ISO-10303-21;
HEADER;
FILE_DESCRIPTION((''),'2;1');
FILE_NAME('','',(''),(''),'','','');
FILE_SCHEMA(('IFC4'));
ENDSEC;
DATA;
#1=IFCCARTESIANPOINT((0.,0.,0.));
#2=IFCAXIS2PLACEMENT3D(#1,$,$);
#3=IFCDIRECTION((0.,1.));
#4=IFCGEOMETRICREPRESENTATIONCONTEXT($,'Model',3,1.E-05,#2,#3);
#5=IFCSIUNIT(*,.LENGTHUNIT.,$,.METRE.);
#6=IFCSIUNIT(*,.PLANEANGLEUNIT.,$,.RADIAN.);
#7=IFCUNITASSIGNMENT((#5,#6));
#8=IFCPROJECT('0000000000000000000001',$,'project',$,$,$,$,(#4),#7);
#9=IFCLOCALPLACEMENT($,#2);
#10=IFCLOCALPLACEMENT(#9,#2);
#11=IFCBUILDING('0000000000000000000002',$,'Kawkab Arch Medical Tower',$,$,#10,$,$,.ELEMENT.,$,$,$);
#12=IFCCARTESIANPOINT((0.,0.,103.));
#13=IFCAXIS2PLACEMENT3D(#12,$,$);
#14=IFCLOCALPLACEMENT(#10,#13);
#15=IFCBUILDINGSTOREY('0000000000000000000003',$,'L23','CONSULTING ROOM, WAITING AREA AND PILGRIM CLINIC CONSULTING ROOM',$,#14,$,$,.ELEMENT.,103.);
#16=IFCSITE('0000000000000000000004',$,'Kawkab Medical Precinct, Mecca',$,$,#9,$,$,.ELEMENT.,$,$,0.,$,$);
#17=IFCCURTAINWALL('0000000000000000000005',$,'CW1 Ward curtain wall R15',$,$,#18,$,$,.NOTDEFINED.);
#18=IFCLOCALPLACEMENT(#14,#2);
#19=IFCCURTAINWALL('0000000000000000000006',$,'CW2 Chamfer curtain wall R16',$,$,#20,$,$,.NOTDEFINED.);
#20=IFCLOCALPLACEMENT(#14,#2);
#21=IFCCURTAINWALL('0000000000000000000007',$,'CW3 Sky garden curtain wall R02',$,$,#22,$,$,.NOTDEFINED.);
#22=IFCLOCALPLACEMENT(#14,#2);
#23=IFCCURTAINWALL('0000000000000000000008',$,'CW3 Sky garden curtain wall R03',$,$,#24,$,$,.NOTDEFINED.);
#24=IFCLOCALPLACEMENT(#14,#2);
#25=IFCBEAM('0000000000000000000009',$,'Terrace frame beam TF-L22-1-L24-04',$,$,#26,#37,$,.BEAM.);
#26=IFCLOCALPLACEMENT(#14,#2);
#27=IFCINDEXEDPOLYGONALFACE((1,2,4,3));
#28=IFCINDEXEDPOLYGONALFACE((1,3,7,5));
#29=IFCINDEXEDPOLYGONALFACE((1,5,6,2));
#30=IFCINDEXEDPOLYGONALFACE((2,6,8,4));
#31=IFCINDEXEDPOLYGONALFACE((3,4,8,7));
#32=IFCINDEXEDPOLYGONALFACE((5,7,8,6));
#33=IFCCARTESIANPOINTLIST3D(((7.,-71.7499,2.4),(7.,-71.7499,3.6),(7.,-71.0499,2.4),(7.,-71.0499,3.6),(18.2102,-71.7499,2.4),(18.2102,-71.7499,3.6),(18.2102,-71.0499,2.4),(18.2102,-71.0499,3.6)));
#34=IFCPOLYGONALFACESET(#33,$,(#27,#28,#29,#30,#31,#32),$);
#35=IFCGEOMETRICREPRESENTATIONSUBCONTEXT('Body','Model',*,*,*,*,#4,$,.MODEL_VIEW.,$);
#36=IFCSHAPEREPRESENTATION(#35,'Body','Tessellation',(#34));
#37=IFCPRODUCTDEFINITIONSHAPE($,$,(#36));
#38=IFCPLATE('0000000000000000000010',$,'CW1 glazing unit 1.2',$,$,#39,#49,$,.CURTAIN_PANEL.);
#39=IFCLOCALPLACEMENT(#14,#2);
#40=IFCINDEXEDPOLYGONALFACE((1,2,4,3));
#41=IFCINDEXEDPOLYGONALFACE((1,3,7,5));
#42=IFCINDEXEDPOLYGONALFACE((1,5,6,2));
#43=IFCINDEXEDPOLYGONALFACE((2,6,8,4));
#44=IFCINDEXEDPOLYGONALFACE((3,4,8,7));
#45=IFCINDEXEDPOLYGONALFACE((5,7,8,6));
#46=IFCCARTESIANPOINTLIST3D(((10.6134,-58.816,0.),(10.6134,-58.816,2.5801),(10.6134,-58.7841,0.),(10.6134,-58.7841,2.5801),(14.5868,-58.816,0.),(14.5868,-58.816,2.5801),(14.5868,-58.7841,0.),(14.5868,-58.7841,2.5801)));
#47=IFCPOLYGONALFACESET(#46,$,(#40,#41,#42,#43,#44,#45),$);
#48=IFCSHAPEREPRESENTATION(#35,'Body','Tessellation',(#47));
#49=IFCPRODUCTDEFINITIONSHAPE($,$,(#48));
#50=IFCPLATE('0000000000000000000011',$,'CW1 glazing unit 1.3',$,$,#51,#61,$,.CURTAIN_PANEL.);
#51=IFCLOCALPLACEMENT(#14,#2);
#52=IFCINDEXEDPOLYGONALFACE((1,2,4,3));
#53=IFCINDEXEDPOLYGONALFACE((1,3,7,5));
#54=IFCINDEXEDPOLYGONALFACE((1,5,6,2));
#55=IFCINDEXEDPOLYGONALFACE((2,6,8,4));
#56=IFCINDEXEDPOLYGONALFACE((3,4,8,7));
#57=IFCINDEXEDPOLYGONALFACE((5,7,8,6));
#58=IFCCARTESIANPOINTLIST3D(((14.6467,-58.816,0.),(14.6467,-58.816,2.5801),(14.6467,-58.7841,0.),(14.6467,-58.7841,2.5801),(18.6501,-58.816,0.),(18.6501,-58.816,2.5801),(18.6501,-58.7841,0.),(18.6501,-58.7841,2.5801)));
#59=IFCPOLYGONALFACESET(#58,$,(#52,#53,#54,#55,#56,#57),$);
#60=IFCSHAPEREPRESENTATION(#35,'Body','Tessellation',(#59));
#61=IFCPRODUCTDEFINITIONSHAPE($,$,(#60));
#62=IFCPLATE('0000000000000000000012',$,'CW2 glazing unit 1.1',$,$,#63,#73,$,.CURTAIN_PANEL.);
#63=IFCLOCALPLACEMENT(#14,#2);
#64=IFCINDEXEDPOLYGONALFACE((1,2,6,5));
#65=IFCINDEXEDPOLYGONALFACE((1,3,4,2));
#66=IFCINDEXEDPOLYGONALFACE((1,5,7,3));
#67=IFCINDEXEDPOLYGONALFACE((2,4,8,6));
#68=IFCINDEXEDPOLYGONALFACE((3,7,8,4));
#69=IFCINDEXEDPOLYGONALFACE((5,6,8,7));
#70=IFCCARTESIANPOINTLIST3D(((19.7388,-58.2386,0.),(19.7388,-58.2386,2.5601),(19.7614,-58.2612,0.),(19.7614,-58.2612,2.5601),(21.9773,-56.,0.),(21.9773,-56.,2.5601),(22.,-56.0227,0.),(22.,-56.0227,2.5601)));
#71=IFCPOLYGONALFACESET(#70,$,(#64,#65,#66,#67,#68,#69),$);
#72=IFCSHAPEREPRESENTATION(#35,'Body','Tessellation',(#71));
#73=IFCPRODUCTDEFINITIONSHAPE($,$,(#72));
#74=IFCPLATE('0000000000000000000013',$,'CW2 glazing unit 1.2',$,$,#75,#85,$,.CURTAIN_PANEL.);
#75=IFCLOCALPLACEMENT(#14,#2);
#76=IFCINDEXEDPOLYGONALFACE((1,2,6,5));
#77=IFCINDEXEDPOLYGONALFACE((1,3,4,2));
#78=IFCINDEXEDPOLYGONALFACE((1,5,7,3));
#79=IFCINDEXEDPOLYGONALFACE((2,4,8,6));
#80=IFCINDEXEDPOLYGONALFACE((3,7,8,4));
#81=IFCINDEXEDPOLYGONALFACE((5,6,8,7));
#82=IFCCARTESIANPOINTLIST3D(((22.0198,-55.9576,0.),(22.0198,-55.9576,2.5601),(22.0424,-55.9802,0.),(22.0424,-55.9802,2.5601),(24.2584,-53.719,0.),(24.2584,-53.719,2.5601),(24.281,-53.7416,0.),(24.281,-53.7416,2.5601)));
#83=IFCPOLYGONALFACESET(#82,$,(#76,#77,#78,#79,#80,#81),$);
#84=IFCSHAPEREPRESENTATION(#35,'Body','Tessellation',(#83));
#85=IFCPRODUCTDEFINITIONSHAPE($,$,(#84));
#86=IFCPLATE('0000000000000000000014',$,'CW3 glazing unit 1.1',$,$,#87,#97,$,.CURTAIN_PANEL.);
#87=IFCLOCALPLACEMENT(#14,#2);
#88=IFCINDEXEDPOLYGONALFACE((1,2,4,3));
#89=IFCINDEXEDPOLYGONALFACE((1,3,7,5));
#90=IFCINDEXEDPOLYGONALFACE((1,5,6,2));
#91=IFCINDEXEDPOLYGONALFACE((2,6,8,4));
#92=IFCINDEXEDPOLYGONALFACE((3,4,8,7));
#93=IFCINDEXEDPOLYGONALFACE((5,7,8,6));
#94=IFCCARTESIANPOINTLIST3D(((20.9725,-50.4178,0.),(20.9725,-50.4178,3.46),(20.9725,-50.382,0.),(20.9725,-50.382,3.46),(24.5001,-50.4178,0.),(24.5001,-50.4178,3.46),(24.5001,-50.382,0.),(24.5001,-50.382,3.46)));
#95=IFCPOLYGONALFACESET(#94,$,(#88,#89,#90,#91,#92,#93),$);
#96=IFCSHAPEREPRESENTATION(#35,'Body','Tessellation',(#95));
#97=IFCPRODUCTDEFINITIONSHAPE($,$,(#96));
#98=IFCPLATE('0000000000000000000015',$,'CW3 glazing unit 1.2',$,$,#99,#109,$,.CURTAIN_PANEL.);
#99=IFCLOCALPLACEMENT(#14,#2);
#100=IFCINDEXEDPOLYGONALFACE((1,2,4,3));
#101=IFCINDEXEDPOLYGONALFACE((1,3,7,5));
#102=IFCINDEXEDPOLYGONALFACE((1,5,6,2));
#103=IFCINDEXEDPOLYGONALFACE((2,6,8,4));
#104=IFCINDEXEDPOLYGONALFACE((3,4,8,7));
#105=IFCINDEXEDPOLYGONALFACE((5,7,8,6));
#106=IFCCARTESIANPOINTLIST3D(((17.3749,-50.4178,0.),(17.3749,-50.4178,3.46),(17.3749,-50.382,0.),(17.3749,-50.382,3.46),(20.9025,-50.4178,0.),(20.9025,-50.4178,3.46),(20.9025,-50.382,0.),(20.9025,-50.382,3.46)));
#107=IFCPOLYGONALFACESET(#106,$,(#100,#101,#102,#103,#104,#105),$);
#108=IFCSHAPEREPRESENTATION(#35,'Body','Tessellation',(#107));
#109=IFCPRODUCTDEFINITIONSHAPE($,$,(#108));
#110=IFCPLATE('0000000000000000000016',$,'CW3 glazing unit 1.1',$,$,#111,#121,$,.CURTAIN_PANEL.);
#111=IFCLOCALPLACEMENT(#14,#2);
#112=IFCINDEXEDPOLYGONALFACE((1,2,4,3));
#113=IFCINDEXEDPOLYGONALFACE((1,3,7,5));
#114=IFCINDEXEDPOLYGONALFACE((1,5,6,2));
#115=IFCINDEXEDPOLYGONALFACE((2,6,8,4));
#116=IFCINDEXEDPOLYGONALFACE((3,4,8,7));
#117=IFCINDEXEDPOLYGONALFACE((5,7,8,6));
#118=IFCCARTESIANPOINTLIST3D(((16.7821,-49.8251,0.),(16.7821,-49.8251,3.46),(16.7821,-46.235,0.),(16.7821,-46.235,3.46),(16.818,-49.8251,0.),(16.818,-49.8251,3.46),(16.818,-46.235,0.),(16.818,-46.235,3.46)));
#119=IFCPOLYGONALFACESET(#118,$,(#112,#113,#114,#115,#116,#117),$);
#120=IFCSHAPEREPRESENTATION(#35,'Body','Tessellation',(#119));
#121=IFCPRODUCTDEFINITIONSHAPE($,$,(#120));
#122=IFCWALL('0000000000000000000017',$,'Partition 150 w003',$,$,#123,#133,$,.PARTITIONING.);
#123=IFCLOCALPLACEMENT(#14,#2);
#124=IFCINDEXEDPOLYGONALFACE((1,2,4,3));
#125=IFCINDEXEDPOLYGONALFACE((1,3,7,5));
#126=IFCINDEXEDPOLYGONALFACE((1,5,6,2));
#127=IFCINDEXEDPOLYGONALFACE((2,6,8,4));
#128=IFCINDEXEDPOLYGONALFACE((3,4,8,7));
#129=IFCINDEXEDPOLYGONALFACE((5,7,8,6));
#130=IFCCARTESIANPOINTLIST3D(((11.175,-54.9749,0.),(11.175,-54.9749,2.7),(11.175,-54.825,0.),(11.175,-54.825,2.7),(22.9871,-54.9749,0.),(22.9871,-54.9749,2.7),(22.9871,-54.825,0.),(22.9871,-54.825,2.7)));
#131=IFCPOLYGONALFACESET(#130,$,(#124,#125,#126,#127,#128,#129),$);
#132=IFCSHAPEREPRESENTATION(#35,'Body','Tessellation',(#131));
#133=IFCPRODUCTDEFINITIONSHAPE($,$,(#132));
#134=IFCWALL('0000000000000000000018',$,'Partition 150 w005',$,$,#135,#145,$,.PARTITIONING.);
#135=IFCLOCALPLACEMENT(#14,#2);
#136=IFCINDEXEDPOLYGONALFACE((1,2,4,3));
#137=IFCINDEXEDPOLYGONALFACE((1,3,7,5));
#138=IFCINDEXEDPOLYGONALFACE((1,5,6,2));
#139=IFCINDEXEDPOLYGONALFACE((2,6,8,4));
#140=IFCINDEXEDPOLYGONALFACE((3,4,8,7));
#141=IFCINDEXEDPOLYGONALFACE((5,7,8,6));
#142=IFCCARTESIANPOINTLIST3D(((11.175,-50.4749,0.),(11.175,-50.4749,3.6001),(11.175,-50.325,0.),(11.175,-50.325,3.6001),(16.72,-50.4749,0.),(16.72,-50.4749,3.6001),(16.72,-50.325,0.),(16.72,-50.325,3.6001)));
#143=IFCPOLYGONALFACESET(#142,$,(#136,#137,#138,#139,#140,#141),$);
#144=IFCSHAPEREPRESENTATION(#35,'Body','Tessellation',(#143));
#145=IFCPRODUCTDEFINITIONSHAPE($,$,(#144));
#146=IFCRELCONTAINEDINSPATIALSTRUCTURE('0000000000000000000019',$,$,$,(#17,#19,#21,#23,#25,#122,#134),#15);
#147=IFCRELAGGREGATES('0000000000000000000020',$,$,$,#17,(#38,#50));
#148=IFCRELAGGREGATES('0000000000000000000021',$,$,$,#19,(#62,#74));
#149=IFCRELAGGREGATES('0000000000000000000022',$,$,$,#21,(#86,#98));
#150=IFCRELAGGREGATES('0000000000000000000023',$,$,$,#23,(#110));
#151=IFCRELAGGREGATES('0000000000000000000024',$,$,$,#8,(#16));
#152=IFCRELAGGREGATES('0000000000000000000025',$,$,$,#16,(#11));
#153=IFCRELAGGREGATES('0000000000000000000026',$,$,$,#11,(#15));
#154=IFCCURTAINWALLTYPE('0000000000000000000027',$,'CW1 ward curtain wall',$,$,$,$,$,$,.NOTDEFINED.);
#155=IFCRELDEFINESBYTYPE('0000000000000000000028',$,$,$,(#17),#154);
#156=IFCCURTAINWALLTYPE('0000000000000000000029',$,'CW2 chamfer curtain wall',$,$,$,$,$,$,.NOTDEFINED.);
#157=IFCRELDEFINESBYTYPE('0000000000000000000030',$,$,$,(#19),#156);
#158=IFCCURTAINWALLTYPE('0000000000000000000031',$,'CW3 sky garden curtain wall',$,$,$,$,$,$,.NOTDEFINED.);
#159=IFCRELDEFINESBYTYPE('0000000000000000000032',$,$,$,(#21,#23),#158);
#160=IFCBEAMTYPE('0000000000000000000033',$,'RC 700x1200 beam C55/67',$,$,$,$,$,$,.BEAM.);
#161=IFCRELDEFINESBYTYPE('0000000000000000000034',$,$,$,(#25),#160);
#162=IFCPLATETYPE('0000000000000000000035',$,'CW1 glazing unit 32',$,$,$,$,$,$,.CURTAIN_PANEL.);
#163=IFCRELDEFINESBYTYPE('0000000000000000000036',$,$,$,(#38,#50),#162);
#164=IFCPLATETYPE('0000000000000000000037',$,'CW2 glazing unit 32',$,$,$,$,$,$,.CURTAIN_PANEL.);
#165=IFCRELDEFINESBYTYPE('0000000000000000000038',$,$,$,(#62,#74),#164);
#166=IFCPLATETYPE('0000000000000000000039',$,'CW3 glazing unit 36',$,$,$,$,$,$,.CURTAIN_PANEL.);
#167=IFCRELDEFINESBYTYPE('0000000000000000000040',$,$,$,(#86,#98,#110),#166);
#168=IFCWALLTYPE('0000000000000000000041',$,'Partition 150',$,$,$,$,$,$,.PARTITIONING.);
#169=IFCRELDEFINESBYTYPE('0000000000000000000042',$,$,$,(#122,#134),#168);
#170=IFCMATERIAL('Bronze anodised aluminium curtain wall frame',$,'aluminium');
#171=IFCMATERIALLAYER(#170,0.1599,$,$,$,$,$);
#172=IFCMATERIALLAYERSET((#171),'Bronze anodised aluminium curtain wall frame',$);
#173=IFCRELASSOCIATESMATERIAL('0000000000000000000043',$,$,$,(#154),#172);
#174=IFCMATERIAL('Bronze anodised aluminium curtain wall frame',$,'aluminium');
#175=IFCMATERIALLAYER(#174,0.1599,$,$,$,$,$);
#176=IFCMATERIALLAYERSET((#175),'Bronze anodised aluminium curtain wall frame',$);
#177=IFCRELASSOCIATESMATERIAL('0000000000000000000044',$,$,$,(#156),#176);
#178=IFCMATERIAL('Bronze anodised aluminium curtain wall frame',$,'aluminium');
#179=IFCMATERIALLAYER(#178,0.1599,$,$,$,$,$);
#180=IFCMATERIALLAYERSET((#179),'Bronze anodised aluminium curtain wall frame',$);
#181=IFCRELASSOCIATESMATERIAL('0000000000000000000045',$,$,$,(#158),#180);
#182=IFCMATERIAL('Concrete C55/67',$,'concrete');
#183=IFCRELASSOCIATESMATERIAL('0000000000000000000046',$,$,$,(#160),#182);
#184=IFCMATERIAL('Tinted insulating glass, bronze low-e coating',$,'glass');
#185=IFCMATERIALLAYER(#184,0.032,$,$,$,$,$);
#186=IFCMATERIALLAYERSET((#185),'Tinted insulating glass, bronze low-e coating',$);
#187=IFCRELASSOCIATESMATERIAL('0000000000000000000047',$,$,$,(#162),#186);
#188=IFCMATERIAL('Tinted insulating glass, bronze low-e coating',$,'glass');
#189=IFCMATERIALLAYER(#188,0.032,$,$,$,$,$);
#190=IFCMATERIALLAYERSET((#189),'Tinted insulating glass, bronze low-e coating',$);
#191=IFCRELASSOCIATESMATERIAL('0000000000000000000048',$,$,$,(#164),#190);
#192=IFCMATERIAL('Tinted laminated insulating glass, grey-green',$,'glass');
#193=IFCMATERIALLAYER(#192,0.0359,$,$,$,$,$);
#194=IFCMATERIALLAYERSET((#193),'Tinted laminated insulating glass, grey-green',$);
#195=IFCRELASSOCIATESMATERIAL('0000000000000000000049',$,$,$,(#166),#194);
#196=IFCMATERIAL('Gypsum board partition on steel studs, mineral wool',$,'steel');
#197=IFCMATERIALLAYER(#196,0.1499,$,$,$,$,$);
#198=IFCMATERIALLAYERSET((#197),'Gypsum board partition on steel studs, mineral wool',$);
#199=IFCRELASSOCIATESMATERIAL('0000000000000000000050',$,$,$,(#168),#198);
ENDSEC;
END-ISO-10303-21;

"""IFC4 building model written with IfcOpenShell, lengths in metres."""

from ifc_helpers import new_model, si_unit, direction, frame, frame_2d, origin, origin_2d, place, context, subcontext, project, spatial, rectangle, extrude, material, layer, layer_set, material_profile, profile_set, type_object, element, aggregate, save


model = new_model("IFC4")

# Units and contexts
model_context = context("Model", 3, precision=1e-05, world=origin(), true_north=direction((0.0, 1.0)))
body_context = subcontext(model_context, "Body", "Model", "MODEL_VIEW")
ifc_project = project(units=[si_unit("LENGTHUNIT", "METRE"), si_unit("PLANEANGLEUNIT", "RADIAN")], contexts=[model_context])

# Site, building, storey
site_placement = place(None, origin())
site = spatial("IfcSite", under=ifc_project, at=site_placement, Name="Kawkab Medical Precinct, Mecca", CompositionType="ELEMENT", RefElevation=0.0)
building_placement = place(site_placement, origin())
building = spatial("IfcBuilding", under=site, at=building_placement, Name="Kawkab Arch Medical Tower", CompositionType="ELEMENT")
storey_placement = place(building_placement, frame((0.0, 0.0, 103.0)))
storey = spatial("IfcBuildingStorey", under=building, at=storey_placement, Name="L23", Description="CONSULTING ROOM, WAITING AREA AND PILGRIM CLINIC CONSULTING ROOM", CompositionType="ELEMENT", Elevation=103.0)

# Curtain wall
ifc_material_1 = material(Name="Bronze anodised aluminium curtain wall frame", Category="aluminium")
ifc_layer_1 = layer(ifc_material_1, 0.1599)
ifc_layer_set_1 = layer_set([ifc_layer_1], Name="Bronze anodised aluminium curtain wall frame")
curtain_wall_type_1 = type_object("IfcCurtainWallType", Name="CW1 ward curtain wall", PredefinedType="NOTDEFINED", material=ifc_layer_set_1)
placement = place(storey_placement, origin())
curtain_wall_1 = element("IfcCurtainWall", 1, at=placement, inside=storey, type_object=curtain_wall_type_1, Name="CW1 Ward curtain wall R15", PredefinedType="NOTDEFINED")

# Curtain walls
ifc_material_2 = material(Name="Bronze anodised aluminium curtain wall frame", Category="aluminium")
ifc_layer_2 = layer(ifc_material_2, 0.1599)
ifc_layer_set_2 = layer_set([ifc_layer_2], Name="Bronze anodised aluminium curtain wall frame")
curtain_wall_type_2 = type_object("IfcCurtainWallType", Name="CW2 chamfer curtain wall", PredefinedType="NOTDEFINED", material=ifc_layer_set_2)
curtain_wall_2 = element("IfcCurtainWall", 2, at=placement, inside=storey, type_object=curtain_wall_type_2, Name="CW2 Chamfer curtain wall R16", PredefinedType="NOTDEFINED")
ifc_material_3 = material(Name="Bronze anodised aluminium curtain wall frame", Category="aluminium")
ifc_layer_3 = layer(ifc_material_3, 0.1599)
ifc_layer_set_3 = layer_set([ifc_layer_3], Name="Bronze anodised aluminium curtain wall frame")
curtain_wall_type_3 = type_object("IfcCurtainWallType", Name="CW3 sky garden curtain wall", PredefinedType="NOTDEFINED", material=ifc_layer_set_3)
curtain_wall_3 = element("IfcCurtainWall", 3, at=placement, inside=storey, type_object=curtain_wall_type_3, Name="CW3 Sky garden curtain wall R02", PredefinedType="NOTDEFINED")

# Curtain wall
curtain_wall_4 = element("IfcCurtainWall", 4, at=placement, inside=storey, type_object=curtain_wall_type_3, Name="CW3 Sky garden curtain wall R03", PredefinedType="NOTDEFINED")

# Beam
ifc_material_4 = material(Name="Concrete C55/67", Category="concrete")
ifc_material_profile_1 = material_profile(ifc_material_4, rectangle(XDim=0.7, YDim=1.2, at=origin_2d()), Name="RC 700x1200")
ifc_profile_set_1 = profile_set([ifc_material_profile_1], Name="Concrete C55/67")
beam_type_1 = type_object("IfcBeamType", Name="RC 700x1200 beam C55/67", PredefinedType="BEAM", material=ifc_profile_set_1)
beam_1_placement = place(storey_placement, frame((18.2102, -71.3999, 3.0), z_axis=(-1.0, 0.0, 0.0), x_axis=(0.0, -1.0, 0.0)))
element("IfcBeam", 5, at=beam_1_placement, inside=storey, type_object=beam_type_1, Name="Terrace frame beam TF-L22-1-L24-04", PredefinedType="BEAM", context=body_context, shape_type="SweptSolid", body=[
    extrude(rectangle(XDim=0.7, YDim=1.2, at=origin_2d()), origin(), (0.0, 0.0, 1.0), 11.2102),
])

# Plates
ifc_material_5 = material(Name="Tinted insulating glass, bronze low-e coating", Category="glass")
ifc_layer_4 = layer(ifc_material_5, 0.032)
ifc_layer_set_4 = layer_set([ifc_layer_4], Name="Tinted insulating glass, bronze low-e coating")
plate_type_1 = type_object("IfcPlateType", Name="CW1 glazing unit 32", PredefinedType="CURTAIN_PANEL", material=ifc_layer_set_4)
plate_1_placement = place(storey_placement, frame((12.6001, -58.8, 0.0), z_axis=(0.0, 0.0, 1.0), x_axis=(1.0, 0.0, 0.0)))
plate_1 = element("IfcPlate", 6, at=plate_1_placement, type_object=plate_type_1, Name="CW1 glazing unit 1.2", PredefinedType="CURTAIN_PANEL", context=body_context, shape_type="SweptSolid", body=[
    extrude(rectangle(XDim=3.9734, YDim=0.032, at=origin_2d()), origin(), (0.0, 0.0, 1.0), 2.5801),
])
plate_2_placement = place(storey_placement, frame((16.6484, -58.8, 0.0), z_axis=(0.0, 0.0, 1.0), x_axis=(1.0, 0.0, 0.0)))
plate_2 = element("IfcPlate", 7, at=plate_2_placement, type_object=plate_type_1, Name="CW1 glazing unit 1.3", PredefinedType="CURTAIN_PANEL", context=body_context, shape_type="SweptSolid", body=[
    extrude(rectangle(XDim=4.0034, YDim=0.032, at=origin_2d()), origin(), (0.0, 0.0, 1.0), 2.5801),
])
aggregate(curtain_wall_1, [plate_1, plate_2])
ifc_material_6 = material(Name="Tinted insulating glass, bronze low-e coating", Category="glass")
ifc_layer_5 = layer(ifc_material_6, 0.032)
ifc_layer_set_5 = layer_set([ifc_layer_5], Name="Tinted insulating glass, bronze low-e coating")
plate_type_2 = type_object("IfcPlateType", Name="CW2 glazing unit 32", PredefinedType="CURTAIN_PANEL", material=ifc_layer_set_5)
plate_3_placement = place(storey_placement, frame((20.8694, -57.1306, 0.0), z_axis=(0.0, 0.0, 1.0), x_axis=(0.707107, 0.707107, 0.0)))
plate_3 = element("IfcPlate", 8, at=plate_3_placement, type_object=plate_type_2, Name="CW2 glazing unit 1.1", PredefinedType="CURTAIN_PANEL", context=body_context, shape_type="SweptSolid", body=[
    extrude(rectangle(XDim=3.1658, YDim=0.032, at=origin_2d()), origin(), (0.0, 0.0, 1.0), 2.5601),
])
plate_4_placement = place(storey_placement, frame((23.1504, -54.8496, 0.0), z_axis=(0.0, 0.0, 1.0), x_axis=(0.707107, 0.707107, 0.0)))
plate_4 = element("IfcPlate", 9, at=plate_4_placement, type_object=plate_type_2, Name="CW2 glazing unit 1.2", PredefinedType="CURTAIN_PANEL", context=body_context, shape_type="SweptSolid", body=[
    extrude(rectangle(XDim=3.1658, YDim=0.032, at=origin_2d()), origin(), (0.0, 0.0, 1.0), 2.5601),
])
aggregate(curtain_wall_2, [plate_3, plate_4])
ifc_material_7 = material(Name="Tinted laminated insulating glass, grey-green", Category="glass")
ifc_layer_6 = layer(ifc_material_7, 0.0359)
ifc_layer_set_6 = layer_set([ifc_layer_6], Name="Tinted laminated insulating glass, grey-green")
plate_type_3 = type_object("IfcPlateType", Name="CW3 glazing unit 36", PredefinedType="CURTAIN_PANEL", material=ifc_layer_set_6)
plate_5_placement = place(storey_placement, frame((22.7363, -50.3999, 0.0), z_axis=(0.0, 0.0, 1.0), x_axis=(-1.0, 0.0, 0.0)))
plate_5 = element("IfcPlate", 10, at=plate_5_placement, type_object=plate_type_3, Name="CW3 glazing unit 1.1", PredefinedType="CURTAIN_PANEL", context=body_context, shape_type="SweptSolid", body=[
    extrude(rectangle(XDim=3.5276, YDim=0.0359, at=origin_2d()), origin(), (0.0, 0.0, 1.0), 3.46),
])
plate_6_placement = place(storey_placement, frame((19.1387, -50.3999, 0.0), z_axis=(0.0, 0.0, 1.0), x_axis=(-1.0, 0.0, 0.0)))
plate_6 = element("IfcPlate", 11, at=plate_6_placement, type_object=plate_type_3, Name="CW3 glazing unit 1.2", PredefinedType="CURTAIN_PANEL", context=body_context, shape_type="SweptSolid", body=[
    extrude(rectangle(XDim=3.5276, YDim=0.0359, at=origin_2d()), origin(), (0.0, 0.0, 1.0), 3.46),
])
aggregate(curtain_wall_3, [plate_5, plate_6])
plate_7_placement = place(storey_placement, frame((16.8, -48.03, 0.0), z_axis=(0.0, 0.0, 1.0), x_axis=(0.0, 1.0, 0.0)))
plate_7 = element("IfcPlate", 12, at=plate_7_placement, type_object=plate_type_3, Name="CW3 glazing unit 1.1", PredefinedType="CURTAIN_PANEL", context=body_context, shape_type="SweptSolid", body=[
    extrude(rectangle(XDim=3.5901, YDim=0.0359, at=origin_2d()), origin(), (0.0, 0.0, 1.0), 3.46),
])
aggregate(curtain_wall_4, [plate_7])

# Walls
ifc_material_8 = material(Name="Gypsum board partition on steel studs, mineral wool", Category="steel")
ifc_layer_7 = layer(ifc_material_8, 0.1499)
ifc_layer_set_7 = layer_set([ifc_layer_7], Name="Gypsum board partition on steel studs, mineral wool")
wall_type = type_object("IfcWallType", Name="Partition 150", PredefinedType="PARTITIONING", material=ifc_layer_set_7)
wall_1_placement = place(storey_placement, frame((11.175, -54.8999, 0.0), z_axis=(0.0, 0.0, 1.0), x_axis=(1.0, 0.0, 0.0)))
element("IfcWall", 13, at=wall_1_placement, inside=storey, type_object=wall_type, Name="Partition 150 w003", PredefinedType="PARTITIONING", context=body_context, shape_type="SweptSolid", body=[
    extrude(rectangle(XDim=11.812, YDim=0.1499, at=frame_2d((5.906, 0.0))), origin(), (0.0, 0.0, 1.0), 2.7),
])
wall_2_placement = place(storey_placement, frame((11.175, -50.3999, 0.0), z_axis=(0.0, 0.0, 1.0), x_axis=(1.0, 0.0, 0.0)))
element("IfcWall", 14, at=wall_2_placement, inside=storey, type_object=wall_type, Name="Partition 150 w005", PredefinedType="PARTITIONING", context=body_context, shape_type="SweptSolid", body=[
    extrude(rectangle(XDim=5.5449, YDim=0.1499, at=frame_2d((2.7725, 0.0))), origin(), (0.0, 0.0, 1.0), 3.6001),
])

save(model, "model.ifc")
